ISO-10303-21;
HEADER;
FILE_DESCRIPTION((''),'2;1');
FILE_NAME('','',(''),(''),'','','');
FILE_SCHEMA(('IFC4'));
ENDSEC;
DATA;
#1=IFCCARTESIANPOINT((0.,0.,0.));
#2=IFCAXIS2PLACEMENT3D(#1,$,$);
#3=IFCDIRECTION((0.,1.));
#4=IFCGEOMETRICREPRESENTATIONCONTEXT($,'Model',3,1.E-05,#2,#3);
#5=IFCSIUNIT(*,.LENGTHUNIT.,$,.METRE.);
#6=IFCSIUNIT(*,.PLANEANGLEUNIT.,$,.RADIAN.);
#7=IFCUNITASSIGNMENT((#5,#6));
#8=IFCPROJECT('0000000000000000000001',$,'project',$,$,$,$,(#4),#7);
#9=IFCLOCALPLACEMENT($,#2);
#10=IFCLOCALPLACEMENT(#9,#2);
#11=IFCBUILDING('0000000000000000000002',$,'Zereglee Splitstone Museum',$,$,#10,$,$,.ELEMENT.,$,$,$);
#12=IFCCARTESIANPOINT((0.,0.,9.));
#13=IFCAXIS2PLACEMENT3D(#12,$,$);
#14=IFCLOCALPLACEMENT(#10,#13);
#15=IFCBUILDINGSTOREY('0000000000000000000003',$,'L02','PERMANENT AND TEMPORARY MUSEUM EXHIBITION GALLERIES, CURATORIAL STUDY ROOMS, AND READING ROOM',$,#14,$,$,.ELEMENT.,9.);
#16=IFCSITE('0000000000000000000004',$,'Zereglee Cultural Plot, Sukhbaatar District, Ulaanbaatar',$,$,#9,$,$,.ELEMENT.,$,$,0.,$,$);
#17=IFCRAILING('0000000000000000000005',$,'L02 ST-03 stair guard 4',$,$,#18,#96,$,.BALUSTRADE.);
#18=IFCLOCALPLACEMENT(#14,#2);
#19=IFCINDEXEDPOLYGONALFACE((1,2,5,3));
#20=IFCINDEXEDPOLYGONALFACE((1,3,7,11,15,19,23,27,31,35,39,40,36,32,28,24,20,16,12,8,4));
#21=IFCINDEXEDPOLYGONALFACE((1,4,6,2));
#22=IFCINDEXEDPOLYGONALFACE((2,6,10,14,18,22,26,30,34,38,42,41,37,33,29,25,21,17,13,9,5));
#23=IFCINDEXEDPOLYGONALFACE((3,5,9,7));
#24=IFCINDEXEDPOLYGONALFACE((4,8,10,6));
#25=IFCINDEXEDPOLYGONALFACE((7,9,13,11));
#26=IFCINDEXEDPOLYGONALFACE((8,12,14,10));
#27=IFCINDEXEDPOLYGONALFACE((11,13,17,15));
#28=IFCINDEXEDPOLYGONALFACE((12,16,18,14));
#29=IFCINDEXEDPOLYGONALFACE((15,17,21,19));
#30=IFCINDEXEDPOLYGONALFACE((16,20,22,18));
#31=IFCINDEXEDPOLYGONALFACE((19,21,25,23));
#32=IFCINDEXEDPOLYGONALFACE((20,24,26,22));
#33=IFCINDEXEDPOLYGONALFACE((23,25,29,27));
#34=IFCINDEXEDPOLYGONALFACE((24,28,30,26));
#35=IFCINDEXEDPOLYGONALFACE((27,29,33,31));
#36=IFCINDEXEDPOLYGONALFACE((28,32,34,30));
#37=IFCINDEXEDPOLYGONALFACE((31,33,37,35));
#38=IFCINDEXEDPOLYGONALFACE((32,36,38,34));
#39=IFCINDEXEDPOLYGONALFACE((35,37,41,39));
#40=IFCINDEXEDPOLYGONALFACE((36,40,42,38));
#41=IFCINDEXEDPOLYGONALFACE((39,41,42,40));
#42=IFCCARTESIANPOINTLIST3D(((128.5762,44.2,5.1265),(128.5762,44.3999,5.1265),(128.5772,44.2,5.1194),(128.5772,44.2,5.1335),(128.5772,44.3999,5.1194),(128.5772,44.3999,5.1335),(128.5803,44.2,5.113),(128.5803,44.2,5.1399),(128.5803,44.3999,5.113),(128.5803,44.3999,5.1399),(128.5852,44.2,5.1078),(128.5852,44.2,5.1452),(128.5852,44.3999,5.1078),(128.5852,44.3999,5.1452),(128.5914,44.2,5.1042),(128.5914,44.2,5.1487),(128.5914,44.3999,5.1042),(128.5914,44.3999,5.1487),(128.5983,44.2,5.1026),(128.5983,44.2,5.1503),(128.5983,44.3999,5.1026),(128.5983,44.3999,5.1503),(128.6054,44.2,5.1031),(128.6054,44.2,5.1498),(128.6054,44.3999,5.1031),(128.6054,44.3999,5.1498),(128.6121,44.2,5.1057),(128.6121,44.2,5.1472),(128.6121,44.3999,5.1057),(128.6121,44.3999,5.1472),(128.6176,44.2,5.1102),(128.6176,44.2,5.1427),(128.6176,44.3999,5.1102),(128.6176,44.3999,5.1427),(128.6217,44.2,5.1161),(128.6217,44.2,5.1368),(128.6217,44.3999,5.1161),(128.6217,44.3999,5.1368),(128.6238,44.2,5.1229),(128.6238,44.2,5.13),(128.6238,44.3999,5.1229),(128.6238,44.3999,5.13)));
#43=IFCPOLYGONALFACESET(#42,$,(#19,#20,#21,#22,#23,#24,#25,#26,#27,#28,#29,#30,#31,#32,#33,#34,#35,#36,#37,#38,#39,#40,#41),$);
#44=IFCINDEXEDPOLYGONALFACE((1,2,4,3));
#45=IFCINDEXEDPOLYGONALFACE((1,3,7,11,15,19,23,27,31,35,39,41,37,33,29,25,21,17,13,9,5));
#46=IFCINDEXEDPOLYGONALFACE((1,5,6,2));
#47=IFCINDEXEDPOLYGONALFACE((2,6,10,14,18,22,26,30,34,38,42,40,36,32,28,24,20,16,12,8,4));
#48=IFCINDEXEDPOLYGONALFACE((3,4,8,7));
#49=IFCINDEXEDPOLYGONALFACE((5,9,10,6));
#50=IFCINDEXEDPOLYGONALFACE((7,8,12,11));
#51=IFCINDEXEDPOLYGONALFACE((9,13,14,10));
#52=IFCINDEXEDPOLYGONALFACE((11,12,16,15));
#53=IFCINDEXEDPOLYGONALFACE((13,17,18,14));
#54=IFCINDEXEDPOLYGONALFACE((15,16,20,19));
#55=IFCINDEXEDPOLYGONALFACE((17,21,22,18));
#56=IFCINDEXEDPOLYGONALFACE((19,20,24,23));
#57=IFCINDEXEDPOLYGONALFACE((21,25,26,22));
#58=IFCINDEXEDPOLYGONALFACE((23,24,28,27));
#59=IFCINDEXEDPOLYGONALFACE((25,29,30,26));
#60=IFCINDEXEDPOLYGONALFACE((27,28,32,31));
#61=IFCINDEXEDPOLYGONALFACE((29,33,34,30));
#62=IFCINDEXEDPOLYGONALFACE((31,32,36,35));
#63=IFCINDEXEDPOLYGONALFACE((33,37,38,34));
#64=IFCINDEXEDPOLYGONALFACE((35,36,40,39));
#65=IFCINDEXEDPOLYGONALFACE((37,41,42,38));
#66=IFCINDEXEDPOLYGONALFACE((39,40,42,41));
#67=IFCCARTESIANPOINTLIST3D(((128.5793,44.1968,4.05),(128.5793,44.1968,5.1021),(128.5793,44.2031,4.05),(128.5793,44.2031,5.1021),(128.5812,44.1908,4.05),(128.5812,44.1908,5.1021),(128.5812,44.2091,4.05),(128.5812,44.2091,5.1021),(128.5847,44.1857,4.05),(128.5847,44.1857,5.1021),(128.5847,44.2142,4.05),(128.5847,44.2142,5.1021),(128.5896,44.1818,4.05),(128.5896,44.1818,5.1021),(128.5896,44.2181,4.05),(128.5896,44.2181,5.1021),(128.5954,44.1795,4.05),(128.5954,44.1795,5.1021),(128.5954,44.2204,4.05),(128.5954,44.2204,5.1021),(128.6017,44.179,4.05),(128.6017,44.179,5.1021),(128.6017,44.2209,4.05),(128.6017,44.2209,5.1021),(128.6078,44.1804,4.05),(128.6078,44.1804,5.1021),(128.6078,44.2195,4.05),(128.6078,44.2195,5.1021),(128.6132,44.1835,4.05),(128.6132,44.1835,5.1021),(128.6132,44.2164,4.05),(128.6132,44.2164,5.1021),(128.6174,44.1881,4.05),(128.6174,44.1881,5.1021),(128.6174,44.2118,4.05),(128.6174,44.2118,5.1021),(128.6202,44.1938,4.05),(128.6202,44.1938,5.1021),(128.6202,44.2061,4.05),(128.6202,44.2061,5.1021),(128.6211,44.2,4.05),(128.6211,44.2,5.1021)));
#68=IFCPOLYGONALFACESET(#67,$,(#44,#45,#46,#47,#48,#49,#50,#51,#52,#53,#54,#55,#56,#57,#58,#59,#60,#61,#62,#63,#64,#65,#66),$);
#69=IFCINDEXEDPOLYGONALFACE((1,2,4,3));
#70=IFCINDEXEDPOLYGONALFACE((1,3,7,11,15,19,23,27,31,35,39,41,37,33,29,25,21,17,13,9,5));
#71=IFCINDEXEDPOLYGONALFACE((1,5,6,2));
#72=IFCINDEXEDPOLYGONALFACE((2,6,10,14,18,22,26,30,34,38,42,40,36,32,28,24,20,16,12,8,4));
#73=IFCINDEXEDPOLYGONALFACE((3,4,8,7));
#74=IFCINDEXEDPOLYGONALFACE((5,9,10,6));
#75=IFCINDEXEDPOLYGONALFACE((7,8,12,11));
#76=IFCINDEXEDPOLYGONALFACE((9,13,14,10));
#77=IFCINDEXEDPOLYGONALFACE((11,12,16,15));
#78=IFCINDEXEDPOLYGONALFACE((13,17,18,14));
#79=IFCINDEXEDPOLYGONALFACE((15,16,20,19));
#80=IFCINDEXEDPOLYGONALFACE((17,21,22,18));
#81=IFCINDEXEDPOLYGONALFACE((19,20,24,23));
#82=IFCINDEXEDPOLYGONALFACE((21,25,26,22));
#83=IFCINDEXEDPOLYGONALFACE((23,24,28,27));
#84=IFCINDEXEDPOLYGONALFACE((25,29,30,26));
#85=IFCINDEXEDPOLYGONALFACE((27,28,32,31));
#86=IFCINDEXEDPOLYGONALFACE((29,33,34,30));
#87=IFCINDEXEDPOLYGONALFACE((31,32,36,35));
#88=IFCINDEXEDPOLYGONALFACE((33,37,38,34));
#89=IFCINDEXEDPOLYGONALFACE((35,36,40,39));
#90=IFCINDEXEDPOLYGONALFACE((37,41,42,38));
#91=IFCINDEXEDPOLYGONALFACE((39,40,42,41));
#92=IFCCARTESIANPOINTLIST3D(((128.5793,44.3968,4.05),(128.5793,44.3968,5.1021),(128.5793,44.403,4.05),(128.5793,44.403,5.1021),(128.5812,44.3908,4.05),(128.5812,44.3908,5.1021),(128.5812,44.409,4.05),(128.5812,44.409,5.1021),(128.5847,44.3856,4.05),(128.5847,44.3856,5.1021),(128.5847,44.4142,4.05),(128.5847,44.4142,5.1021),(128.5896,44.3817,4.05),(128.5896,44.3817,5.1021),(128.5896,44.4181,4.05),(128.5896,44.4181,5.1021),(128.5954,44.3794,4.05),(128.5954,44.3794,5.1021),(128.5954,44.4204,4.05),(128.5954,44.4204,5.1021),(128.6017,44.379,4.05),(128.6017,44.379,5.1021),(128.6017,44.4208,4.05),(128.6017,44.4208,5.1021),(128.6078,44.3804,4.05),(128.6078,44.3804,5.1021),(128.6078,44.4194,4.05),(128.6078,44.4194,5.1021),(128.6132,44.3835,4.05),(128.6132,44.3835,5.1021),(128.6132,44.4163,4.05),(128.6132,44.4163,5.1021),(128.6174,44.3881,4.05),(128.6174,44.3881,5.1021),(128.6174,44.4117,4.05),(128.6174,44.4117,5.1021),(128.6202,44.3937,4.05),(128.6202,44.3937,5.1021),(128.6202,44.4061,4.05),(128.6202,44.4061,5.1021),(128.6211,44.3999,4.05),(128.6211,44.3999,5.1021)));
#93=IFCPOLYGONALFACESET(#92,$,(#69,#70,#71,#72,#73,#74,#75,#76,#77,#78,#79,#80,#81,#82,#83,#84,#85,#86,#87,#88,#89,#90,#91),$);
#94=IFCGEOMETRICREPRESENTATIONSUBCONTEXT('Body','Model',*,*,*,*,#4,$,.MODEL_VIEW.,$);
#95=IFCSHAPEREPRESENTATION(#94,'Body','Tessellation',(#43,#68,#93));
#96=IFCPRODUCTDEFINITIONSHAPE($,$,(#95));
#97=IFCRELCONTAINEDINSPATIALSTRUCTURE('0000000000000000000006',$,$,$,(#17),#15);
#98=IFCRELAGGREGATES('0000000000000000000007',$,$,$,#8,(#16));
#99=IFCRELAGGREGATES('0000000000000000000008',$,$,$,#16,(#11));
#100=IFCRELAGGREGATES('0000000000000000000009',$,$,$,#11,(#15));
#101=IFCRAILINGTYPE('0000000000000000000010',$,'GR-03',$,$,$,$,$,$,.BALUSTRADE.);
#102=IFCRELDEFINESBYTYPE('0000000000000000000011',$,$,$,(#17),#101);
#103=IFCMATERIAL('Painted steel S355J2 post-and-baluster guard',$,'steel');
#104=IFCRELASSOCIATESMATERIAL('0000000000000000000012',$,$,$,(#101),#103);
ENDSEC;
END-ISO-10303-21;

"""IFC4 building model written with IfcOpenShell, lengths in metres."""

from ifc_helpers import new_model, si_unit, direction, frame, origin, origin_2d, place, context, subcontext, project, spatial, circle, extrude, material, type_object, element, save


model = new_model("IFC4")

# Units and contexts
model_context = context("Model", 3, precision=1e-05, world=origin(), true_north=direction((0.0, 1.0)))
body_context = subcontext(model_context, "Body", "Model", "MODEL_VIEW")
ifc_project = project(units=[si_unit("LENGTHUNIT", "METRE"), si_unit("PLANEANGLEUNIT", "RADIAN")], contexts=[model_context])

# Site, building, storey
site_placement = place(None, origin())
site = spatial("IfcSite", under=ifc_project, at=site_placement, Name="Zereglee Cultural Plot, Sukhbaatar District, Ulaanbaatar", CompositionType="ELEMENT", RefElevation=0.0)
building_placement = place(site_placement, origin())
building = spatial("IfcBuilding", under=site, at=building_placement, Name="Zereglee Splitstone Museum", CompositionType="ELEMENT")
storey_placement = place(building_placement, frame((0.0, 0.0, 9.0)))
storey = spatial("IfcBuildingStorey", under=building, at=storey_placement, Name="L02", Description="PERMANENT AND TEMPORARY MUSEUM EXHIBITION GALLERIES, CURATORIAL STUDY ROOMS, AND READING ROOM", CompositionType="ELEMENT", Elevation=9.0)

# Railing
ifc_material_1 = material(Name="Painted steel S355J2 post-and-baluster guard", Category="steel")
railing_type_1 = type_object("IfcRailingType", Name="GR-03", PredefinedType="BALUSTRADE", material=ifc_material_1)
railing_1_placement = place(storey_placement, frame((128.6001, 44.2, 4.05)))
element("IfcRailing", 1, at=railing_1_placement, inside=storey, type_object=railing_type_1, Name="L02 ST-03 stair guard 4", PredefinedType="BALUSTRADE", context=body_context, shape_type="SweptSolid", body=[
    extrude(circle(Radius=0.0239, at=origin_2d()), frame((0.0, 0.0, 1.0764), z_axis=(0.0, 1.0, 0.0), x_axis=(-1.0, 0.0, 0.0)), (0.0, 0.0, 1.0), 0.2),
    extrude(circle(Radius=0.021, at=origin_2d()), origin(), (0.0, 0.0, 1.0), 1.052),
    extrude(circle(Radius=0.021, at=origin_2d()), frame((0.0, 0.2, 0.0)), (0.0, 0.0, 1.0), 1.052),
])

save(model, "model.ifc")
